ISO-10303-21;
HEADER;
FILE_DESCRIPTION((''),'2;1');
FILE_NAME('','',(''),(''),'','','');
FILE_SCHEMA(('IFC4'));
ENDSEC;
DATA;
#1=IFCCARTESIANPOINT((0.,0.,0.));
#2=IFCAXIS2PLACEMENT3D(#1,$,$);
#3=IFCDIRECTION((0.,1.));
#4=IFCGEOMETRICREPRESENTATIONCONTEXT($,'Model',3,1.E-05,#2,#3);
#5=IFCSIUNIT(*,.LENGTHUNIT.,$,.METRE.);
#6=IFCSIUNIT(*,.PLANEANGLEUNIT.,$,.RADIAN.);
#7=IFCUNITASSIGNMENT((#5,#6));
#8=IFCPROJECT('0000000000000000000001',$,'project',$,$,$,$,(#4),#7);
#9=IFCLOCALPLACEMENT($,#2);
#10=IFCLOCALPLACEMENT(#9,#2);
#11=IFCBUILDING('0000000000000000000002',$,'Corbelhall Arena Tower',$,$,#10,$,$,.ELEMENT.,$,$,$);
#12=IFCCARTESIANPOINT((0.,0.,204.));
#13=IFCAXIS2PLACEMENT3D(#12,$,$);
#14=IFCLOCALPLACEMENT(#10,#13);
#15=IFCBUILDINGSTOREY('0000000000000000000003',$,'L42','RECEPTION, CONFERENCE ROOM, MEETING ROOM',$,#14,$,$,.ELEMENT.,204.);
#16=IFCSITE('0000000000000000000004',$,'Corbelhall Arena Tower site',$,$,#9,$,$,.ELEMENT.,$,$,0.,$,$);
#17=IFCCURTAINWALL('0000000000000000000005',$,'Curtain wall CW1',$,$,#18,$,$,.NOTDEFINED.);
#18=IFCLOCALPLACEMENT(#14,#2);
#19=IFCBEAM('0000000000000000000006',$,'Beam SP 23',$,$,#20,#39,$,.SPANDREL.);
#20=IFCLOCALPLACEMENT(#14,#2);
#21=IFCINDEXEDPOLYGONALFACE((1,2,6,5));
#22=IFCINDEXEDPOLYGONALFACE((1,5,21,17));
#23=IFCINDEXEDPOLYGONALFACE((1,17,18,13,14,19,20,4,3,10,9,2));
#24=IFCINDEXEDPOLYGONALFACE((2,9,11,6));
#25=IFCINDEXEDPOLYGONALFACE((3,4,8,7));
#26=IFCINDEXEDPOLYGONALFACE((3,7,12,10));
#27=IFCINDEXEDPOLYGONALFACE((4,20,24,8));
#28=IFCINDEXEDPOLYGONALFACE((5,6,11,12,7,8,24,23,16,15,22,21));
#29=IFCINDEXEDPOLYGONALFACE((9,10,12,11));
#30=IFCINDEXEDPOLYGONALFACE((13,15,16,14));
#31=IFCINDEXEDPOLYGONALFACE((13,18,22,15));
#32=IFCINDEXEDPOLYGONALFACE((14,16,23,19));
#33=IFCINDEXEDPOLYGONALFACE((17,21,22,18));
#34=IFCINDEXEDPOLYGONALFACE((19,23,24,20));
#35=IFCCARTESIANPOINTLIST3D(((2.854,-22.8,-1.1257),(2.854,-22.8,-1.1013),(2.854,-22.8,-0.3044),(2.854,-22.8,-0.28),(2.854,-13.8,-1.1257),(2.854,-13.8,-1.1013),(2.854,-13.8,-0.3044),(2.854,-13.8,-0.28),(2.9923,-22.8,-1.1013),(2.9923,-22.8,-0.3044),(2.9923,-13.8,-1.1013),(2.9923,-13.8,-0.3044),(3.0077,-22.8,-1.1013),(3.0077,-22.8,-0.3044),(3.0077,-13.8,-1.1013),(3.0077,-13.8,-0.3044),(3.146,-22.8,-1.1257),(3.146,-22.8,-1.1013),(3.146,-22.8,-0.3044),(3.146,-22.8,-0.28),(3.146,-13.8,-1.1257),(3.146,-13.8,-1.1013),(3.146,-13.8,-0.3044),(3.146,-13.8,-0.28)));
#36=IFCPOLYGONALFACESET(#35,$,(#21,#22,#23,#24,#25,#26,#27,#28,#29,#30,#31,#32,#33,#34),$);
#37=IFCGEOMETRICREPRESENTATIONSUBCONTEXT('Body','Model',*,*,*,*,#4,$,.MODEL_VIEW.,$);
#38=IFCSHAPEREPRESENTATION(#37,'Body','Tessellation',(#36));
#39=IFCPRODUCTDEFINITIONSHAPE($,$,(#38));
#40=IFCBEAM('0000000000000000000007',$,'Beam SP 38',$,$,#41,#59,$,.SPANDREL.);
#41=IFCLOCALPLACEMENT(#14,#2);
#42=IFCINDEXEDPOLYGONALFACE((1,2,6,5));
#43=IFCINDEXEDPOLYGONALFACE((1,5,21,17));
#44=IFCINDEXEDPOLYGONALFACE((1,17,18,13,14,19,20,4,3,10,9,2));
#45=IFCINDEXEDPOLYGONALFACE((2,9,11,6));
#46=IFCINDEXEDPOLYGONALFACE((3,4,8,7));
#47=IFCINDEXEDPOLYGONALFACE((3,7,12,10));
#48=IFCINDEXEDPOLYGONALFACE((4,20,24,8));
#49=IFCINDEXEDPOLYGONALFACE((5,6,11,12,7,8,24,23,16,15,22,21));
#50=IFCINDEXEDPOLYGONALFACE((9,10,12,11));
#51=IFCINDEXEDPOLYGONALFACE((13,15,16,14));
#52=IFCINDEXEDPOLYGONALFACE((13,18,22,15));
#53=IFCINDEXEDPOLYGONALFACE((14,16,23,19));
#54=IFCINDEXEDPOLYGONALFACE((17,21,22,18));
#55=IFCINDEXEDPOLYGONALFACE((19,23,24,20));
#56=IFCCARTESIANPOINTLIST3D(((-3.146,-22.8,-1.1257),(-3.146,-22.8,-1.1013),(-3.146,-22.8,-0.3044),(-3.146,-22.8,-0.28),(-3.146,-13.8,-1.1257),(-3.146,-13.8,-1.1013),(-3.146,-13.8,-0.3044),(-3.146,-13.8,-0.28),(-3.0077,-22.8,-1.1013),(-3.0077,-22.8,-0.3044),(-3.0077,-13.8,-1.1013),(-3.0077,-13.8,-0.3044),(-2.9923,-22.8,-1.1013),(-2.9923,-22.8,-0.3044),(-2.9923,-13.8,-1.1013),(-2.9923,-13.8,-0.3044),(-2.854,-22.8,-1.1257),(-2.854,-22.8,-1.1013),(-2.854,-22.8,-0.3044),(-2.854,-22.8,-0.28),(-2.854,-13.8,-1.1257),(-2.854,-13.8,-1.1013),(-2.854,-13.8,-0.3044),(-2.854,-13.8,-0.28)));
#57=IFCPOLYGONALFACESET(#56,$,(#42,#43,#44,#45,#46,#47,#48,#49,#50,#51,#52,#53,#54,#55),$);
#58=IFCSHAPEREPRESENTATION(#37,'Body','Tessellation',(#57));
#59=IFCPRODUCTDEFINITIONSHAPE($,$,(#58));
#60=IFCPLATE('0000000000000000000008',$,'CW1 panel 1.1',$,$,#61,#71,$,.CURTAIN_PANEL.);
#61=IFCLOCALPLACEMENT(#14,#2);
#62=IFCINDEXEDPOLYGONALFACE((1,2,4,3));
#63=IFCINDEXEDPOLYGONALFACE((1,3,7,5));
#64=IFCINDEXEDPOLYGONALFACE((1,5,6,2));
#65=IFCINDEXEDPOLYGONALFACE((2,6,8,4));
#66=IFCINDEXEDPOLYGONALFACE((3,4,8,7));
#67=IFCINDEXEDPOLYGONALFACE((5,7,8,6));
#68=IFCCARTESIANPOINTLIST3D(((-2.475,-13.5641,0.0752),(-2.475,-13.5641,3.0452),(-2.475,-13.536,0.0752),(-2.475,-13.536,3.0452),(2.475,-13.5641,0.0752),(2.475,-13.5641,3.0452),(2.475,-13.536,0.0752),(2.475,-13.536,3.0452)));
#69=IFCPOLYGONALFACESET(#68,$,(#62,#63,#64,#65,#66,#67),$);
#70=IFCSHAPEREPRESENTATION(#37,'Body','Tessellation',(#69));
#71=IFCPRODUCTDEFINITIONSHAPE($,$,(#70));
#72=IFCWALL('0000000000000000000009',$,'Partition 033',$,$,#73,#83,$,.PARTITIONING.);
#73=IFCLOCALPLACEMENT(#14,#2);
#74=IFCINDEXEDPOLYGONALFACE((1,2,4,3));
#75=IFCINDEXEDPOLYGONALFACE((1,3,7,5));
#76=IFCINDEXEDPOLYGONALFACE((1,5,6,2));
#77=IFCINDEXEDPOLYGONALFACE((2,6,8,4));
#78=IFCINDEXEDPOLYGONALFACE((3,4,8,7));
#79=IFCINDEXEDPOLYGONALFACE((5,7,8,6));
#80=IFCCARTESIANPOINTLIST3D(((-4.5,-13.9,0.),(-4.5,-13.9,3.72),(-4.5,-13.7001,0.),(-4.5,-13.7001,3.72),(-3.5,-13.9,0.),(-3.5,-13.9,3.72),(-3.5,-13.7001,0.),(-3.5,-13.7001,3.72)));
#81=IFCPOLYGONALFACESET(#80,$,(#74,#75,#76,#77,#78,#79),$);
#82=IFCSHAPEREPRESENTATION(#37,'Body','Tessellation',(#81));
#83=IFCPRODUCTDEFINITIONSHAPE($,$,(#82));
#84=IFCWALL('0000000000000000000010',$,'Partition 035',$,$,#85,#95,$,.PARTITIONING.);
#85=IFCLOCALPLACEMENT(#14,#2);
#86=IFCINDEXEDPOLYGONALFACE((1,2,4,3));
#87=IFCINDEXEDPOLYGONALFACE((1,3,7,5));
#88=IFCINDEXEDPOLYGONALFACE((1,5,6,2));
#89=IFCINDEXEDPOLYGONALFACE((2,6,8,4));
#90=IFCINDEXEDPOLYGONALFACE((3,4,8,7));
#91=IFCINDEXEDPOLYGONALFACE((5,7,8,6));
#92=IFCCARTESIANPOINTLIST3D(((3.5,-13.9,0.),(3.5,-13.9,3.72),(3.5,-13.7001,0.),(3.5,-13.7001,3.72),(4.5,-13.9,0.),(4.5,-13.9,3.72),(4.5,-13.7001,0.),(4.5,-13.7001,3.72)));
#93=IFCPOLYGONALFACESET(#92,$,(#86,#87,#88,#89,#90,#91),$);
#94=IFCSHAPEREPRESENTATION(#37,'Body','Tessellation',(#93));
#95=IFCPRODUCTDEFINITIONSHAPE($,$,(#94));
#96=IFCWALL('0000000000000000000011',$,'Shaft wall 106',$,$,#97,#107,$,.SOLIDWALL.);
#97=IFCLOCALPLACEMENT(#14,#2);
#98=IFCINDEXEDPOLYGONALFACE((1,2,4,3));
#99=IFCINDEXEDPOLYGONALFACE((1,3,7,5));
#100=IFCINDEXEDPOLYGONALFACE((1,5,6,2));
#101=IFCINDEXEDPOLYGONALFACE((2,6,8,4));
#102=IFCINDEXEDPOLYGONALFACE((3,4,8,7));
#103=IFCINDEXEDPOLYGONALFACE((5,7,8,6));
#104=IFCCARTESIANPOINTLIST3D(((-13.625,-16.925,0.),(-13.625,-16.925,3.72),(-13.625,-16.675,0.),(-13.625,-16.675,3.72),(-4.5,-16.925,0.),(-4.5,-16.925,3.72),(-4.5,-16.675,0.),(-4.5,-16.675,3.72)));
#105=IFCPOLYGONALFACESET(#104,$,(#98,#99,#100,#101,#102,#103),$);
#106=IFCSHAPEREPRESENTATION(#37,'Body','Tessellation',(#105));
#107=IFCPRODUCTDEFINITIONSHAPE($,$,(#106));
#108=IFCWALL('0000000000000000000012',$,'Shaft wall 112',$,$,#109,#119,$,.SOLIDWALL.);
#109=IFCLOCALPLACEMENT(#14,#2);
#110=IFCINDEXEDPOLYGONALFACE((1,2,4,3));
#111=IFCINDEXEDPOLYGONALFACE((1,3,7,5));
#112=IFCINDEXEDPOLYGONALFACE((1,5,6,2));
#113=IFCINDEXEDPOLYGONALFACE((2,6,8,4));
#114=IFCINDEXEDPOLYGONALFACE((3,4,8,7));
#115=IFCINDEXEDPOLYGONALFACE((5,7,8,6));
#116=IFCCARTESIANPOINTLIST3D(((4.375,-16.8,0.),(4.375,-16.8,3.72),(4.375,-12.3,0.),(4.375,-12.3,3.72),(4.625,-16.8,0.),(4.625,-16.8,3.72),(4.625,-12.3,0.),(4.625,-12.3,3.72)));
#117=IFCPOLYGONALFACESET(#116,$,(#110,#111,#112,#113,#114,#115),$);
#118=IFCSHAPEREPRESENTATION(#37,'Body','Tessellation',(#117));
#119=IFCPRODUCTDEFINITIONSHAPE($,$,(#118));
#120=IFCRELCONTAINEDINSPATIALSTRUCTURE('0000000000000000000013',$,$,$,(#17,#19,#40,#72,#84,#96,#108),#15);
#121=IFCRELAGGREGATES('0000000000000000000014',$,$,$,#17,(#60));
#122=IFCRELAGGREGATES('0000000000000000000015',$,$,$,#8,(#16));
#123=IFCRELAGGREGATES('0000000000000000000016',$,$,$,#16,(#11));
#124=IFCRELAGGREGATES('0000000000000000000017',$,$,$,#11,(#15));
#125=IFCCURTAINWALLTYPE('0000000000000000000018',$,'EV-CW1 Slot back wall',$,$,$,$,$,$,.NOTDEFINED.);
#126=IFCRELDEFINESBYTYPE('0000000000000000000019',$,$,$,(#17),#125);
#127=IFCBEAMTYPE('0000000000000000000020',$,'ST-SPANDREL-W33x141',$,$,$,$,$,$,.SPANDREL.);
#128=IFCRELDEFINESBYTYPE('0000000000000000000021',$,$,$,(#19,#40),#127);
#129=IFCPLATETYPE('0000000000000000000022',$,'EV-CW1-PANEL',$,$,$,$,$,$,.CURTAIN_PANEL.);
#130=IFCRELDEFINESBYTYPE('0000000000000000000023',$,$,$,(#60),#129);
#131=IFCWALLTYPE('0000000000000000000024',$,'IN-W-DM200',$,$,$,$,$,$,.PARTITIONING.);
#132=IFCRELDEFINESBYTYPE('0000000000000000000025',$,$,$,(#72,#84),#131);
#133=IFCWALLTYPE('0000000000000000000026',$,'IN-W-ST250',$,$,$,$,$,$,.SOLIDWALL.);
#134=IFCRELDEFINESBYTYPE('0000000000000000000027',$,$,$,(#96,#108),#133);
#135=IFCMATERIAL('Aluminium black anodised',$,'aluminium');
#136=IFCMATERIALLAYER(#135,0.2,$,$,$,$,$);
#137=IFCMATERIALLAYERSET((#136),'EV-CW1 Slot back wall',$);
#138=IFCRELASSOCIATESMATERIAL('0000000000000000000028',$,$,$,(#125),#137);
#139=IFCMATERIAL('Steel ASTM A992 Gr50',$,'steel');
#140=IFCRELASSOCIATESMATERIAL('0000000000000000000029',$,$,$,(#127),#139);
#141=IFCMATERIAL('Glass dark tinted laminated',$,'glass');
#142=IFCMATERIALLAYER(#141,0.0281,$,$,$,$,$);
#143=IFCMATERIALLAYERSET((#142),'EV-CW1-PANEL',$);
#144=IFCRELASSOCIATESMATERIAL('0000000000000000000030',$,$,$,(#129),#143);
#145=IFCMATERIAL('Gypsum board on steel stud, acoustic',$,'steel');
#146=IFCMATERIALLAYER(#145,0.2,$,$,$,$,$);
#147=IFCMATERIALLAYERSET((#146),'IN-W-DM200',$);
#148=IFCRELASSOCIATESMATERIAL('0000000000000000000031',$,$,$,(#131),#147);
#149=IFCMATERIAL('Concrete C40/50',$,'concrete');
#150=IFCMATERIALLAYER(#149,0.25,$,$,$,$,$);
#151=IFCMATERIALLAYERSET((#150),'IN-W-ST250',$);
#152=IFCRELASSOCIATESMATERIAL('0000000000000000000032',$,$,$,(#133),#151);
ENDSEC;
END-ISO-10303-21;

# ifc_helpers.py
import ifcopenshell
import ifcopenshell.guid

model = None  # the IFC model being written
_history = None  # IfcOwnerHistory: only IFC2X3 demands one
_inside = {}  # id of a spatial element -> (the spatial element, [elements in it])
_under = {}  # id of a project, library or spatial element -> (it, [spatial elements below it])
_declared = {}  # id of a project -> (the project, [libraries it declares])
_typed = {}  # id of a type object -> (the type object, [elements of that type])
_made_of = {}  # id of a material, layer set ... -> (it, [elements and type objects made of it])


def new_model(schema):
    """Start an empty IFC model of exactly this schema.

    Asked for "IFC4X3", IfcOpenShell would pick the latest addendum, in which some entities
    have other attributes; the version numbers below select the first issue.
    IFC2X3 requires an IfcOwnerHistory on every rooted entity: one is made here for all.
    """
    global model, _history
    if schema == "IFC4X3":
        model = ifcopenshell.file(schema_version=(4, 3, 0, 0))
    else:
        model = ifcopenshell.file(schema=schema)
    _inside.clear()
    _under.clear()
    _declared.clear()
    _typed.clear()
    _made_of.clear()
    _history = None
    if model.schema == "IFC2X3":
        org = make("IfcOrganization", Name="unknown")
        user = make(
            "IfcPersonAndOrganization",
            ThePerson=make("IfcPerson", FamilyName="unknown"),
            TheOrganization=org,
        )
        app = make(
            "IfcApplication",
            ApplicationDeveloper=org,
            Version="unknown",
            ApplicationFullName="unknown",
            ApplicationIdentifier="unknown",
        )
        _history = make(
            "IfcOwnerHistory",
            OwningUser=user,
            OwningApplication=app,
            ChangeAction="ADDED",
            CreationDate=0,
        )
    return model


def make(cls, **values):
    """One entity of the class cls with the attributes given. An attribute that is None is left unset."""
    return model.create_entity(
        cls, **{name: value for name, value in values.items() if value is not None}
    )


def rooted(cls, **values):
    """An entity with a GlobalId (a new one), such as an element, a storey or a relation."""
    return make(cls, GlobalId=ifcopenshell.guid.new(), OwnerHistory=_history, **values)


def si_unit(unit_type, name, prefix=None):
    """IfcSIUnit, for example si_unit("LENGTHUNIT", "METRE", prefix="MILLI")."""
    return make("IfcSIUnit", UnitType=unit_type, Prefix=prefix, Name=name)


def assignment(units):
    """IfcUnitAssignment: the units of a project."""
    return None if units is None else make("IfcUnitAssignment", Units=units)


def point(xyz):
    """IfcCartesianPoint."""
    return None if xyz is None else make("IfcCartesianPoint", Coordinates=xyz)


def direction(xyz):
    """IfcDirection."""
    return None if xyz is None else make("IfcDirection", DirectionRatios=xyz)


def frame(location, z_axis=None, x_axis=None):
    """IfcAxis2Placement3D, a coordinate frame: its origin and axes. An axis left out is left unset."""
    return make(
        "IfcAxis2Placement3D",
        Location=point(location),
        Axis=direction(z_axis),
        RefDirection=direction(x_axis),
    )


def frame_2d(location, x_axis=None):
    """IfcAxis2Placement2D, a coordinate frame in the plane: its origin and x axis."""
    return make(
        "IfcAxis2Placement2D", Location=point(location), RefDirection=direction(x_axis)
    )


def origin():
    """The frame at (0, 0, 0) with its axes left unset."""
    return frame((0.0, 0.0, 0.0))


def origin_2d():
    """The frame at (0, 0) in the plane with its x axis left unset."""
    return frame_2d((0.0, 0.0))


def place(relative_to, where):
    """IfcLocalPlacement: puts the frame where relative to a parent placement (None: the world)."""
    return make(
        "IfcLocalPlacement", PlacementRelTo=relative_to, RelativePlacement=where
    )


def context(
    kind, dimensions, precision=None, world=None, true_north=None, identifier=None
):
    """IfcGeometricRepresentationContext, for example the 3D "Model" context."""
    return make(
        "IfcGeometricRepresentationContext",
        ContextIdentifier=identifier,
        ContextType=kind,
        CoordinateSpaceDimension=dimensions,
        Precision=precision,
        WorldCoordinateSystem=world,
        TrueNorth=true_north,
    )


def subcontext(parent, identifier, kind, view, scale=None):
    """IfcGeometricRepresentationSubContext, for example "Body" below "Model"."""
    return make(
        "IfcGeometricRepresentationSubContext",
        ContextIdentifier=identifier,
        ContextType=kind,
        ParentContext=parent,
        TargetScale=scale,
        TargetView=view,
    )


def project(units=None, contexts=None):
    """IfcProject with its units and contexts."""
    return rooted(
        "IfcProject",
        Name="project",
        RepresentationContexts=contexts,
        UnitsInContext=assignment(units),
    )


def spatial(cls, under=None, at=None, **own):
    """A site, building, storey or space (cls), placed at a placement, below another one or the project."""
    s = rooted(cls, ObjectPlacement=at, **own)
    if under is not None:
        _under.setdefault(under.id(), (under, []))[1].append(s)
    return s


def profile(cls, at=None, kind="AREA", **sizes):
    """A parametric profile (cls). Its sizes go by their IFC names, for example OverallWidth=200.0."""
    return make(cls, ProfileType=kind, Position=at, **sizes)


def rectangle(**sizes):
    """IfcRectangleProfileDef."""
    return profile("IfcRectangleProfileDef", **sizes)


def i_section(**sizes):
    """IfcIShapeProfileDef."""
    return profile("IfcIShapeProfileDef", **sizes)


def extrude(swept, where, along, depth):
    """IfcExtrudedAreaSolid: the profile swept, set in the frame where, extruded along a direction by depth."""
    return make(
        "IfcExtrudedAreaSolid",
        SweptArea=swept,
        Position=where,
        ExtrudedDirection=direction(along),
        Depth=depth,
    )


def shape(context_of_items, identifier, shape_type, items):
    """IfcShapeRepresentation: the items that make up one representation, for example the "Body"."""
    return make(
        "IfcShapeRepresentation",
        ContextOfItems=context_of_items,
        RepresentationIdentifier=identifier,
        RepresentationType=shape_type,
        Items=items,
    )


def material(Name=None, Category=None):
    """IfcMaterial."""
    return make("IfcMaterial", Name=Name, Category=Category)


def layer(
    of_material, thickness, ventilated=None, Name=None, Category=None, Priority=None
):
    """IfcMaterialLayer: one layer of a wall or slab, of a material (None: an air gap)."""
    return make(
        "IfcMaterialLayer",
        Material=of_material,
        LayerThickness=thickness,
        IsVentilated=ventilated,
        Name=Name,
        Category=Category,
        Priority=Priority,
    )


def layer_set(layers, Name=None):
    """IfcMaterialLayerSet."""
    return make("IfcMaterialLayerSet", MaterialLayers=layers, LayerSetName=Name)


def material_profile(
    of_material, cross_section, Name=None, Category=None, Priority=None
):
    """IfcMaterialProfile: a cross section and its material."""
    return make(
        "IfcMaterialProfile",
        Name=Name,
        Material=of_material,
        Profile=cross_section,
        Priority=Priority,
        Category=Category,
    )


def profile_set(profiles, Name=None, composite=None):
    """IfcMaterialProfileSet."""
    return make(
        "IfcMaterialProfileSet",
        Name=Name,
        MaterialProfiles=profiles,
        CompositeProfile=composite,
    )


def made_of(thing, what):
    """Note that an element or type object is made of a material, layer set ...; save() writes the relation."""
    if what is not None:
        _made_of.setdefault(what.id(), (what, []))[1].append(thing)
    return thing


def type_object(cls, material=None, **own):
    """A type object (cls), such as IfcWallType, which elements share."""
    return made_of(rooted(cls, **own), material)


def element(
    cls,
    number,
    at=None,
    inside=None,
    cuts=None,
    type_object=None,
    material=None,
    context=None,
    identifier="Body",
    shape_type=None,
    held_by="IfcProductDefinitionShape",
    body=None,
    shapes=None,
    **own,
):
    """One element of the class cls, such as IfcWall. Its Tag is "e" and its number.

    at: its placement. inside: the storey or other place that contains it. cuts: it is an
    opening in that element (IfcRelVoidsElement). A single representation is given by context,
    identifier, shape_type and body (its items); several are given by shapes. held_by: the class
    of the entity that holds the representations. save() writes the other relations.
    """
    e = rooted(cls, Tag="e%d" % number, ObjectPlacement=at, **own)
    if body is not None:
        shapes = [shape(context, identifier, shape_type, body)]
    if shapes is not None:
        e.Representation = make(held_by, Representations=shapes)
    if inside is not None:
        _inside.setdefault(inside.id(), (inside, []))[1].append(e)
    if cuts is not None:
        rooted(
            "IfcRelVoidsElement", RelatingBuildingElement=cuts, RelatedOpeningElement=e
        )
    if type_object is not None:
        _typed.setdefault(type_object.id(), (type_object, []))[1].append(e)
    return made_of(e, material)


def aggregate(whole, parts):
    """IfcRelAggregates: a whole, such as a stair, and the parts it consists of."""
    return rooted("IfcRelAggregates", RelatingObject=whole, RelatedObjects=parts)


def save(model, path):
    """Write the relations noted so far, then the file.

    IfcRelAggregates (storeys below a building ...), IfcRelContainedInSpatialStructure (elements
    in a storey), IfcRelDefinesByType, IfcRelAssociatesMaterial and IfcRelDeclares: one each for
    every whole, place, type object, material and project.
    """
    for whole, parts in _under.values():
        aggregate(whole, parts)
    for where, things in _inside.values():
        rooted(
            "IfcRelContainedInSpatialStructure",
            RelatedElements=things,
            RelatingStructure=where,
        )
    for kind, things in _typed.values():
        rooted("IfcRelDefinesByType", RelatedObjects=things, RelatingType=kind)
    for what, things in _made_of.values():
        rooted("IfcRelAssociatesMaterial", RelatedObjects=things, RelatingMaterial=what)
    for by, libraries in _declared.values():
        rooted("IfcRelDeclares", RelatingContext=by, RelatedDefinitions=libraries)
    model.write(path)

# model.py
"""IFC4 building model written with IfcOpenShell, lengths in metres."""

from ifc_helpers import new_model, si_unit, direction, frame, frame_2d, origin, origin_2d, place, context, subcontext, project, spatial, rectangle, i_section, extrude, material, layer, layer_set, material_profile, profile_set, type_object, element, aggregate, save


model = new_model("IFC4")

# Units and contexts
model_context = context("Model", 3, precision=1e-05, world=origin(), true_north=direction((0.0, 1.0)))
body_context = subcontext(model_context, "Body", "Model", "MODEL_VIEW")
ifc_project = project(units=[si_unit("LENGTHUNIT", "METRE"), si_unit("PLANEANGLEUNIT", "RADIAN")], contexts=[model_context])

# Site, building, storey
site_placement = place(None, origin())
site = spatial("IfcSite", under=ifc_project, at=site_placement, Name="Corbelhall Arena Tower site", CompositionType="ELEMENT", RefElevation=0.0)
building_placement = place(site_placement, origin())
building = spatial("IfcBuilding", under=site, at=building_placement, Name="Corbelhall Arena Tower", CompositionType="ELEMENT")
storey_placement = place(building_placement, frame((0.0, 0.0, 204.0)))
storey = spatial("IfcBuildingStorey", under=building, at=storey_placement, Name="L42", Description="RECEPTION, CONFERENCE ROOM, MEETING ROOM", CompositionType="ELEMENT", Elevation=204.0)

# Curtain wall
ifc_material_1 = material(Name="Aluminium black anodised", Category="aluminium")
ifc_layer_1 = layer(ifc_material_1, 0.2)
ifc_layer_set_1 = layer_set([ifc_layer_1], Name="EV-CW1 Slot back wall")
curtain_wall_type = type_object("IfcCurtainWallType", Name="EV-CW1 Slot back wall", PredefinedType="NOTDEFINED", material=ifc_layer_set_1)
curtain_wall_placement = place(storey_placement, origin())
curtain_wall = element("IfcCurtainWall", 1, at=curtain_wall_placement, inside=storey, type_object=curtain_wall_type, Name="Curtain wall CW1", PredefinedType="NOTDEFINED")

# Beams
ifc_material_2 = material(Name="Steel ASTM A992 Gr50", Category="steel")
ifc_material_profile_1 = material_profile(ifc_material_2, i_section(OverallWidth=0.292, OverallDepth=0.8457, WebThickness=0.0154, FlangeThickness=0.0244, at=origin_2d()))
ifc_profile_set_1 = profile_set([ifc_material_profile_1], Name="Steel ASTM A992 Gr50")
beam_type_1 = type_object("IfcBeamType", Name="ST-SPANDREL-W33x141", PredefinedType="SPANDREL", material=ifc_profile_set_1)
for number, where, z_axis, x_axis, name in (
    (2, (3.0, -22.8, -0.7029), (0.0, 1.0, 0.0), (-1.0, 0.0, 0.0), "Beam SP 23"),
    (3, (-3.0, -13.8, -0.7029), (0.0, -1.0, 0.0), (1.0, 0.0, 0.0), "Beam SP 38"),
):
    element("IfcBeam", number, at=place(storey_placement, frame(where, z_axis=z_axis, x_axis=x_axis)), inside=storey, type_object=beam_type_1, Name=name, PredefinedType="SPANDREL", context=body_context, shape_type="SweptSolid", body=[
        extrude(i_section(OverallWidth=0.292, OverallDepth=0.8457, WebThickness=0.0154, FlangeThickness=0.0244, at=origin_2d()), origin(), (0.0, 0.0, 1.0), 9.0),
    ])

# Plate
ifc_material_3 = material(Name="Glass dark tinted laminated", Category="glass")
ifc_layer_2 = layer(ifc_material_3, 0.0281)
ifc_layer_set_2 = layer_set([ifc_layer_2], Name="EV-CW1-PANEL")
plate_type = type_object("IfcPlateType", Name="EV-CW1-PANEL", PredefinedType="CURTAIN_PANEL", material=ifc_layer_set_2)
plate_placement = place(storey_placement, frame((0.0, -13.55, 0.0752), z_axis=(0.0, 0.0, 1.0), x_axis=(1.0, 0.0, 0.0)))
plate = element("IfcPlate", 4, at=plate_placement, type_object=plate_type, Name="CW1 panel 1.1", PredefinedType="CURTAIN_PANEL", context=body_context, shape_type="SweptSolid", body=[
    extrude(rectangle(XDim=4.95, YDim=0.0281, at=origin_2d()), origin(), (0.0, 0.0, 1.0), 2.97),
])
aggregate(curtain_wall, [plate])

# Walls
ifc_material_4 = material(Name="Gypsum board on steel stud, acoustic", Category="steel")
ifc_layer_3 = layer(ifc_material_4, 0.2)
ifc_layer_set_3 = layer_set([ifc_layer_3], Name="IN-W-DM200")
wall_type_1 = type_object("IfcWallType", Name="IN-W-DM200", PredefinedType="PARTITIONING", material=ifc_layer_set_3)
for number, where, z_axis, x_axis, name in (
    (5, (-3.5, -13.8, 0.0), (0.0, 0.0, 1.0), (-1.0, 0.0, 0.0), "Partition 033"),
    (6, (4.5, -13.8, 0.0), (0.0, 0.0, 1.0), (-1.0, 0.0, 0.0), "Partition 035"),
):
    element("IfcWall", number, at=place(storey_placement, frame(where, z_axis=z_axis, x_axis=x_axis)), inside=storey, type_object=wall_type_1, Name=name, PredefinedType="PARTITIONING", context=body_context, shape_type="SweptSolid", body=[
        extrude(rectangle(XDim=1.0, YDim=0.2, at=frame_2d((0.5, 0.0))), origin(), (0.0, 0.0, 1.0), 3.72),
    ])
ifc_material_5 = material(Name="Concrete C40/50", Category="concrete")
ifc_layer_4 = layer(ifc_material_5, 0.25)
ifc_layer_set_4 = layer_set([ifc_layer_4], Name="IN-W-ST250")
wall_type_2 = type_object("IfcWallType", Name="IN-W-ST250", PredefinedType="SOLIDWALL", material=ifc_layer_set_4)
wall_1_placement = place(storey_placement, frame((-4.5, -16.8, 0.0), z_axis=(0.0, 0.0, 1.0), x_axis=(-1.0, 0.0, 0.0)))
element("IfcWall", 7, at=wall_1_placement, inside=storey, type_object=wall_type_2, Name="Shaft wall 106", PredefinedType="SOLIDWALL", context=body_context, shape_type="SweptSolid", body=[
    extrude(rectangle(XDim=9.125, YDim=0.25, at=frame_2d((4.5625, 0.0))), origin(), (0.0, 0.0, 1.0), 3.72),
])
wall_2_placement = place(storey_placement, frame((4.5, -16.8, 0.0), z_axis=(0.0, 0.0, 1.0), x_axis=(0.0, 1.0, 0.0)))
element("IfcWall", 8, at=wall_2_placement, inside=storey, type_object=wall_type_2, Name="Shaft wall 112", PredefinedType="SOLIDWALL", context=body_context, shape_type="SweptSolid", body=[
    extrude(rectangle(XDim=4.5, YDim=0.25, at=frame_2d((2.25, 0.0))), origin(), (0.0, 0.0, 1.0), 3.72),
])

save(model, "model.ifc")
